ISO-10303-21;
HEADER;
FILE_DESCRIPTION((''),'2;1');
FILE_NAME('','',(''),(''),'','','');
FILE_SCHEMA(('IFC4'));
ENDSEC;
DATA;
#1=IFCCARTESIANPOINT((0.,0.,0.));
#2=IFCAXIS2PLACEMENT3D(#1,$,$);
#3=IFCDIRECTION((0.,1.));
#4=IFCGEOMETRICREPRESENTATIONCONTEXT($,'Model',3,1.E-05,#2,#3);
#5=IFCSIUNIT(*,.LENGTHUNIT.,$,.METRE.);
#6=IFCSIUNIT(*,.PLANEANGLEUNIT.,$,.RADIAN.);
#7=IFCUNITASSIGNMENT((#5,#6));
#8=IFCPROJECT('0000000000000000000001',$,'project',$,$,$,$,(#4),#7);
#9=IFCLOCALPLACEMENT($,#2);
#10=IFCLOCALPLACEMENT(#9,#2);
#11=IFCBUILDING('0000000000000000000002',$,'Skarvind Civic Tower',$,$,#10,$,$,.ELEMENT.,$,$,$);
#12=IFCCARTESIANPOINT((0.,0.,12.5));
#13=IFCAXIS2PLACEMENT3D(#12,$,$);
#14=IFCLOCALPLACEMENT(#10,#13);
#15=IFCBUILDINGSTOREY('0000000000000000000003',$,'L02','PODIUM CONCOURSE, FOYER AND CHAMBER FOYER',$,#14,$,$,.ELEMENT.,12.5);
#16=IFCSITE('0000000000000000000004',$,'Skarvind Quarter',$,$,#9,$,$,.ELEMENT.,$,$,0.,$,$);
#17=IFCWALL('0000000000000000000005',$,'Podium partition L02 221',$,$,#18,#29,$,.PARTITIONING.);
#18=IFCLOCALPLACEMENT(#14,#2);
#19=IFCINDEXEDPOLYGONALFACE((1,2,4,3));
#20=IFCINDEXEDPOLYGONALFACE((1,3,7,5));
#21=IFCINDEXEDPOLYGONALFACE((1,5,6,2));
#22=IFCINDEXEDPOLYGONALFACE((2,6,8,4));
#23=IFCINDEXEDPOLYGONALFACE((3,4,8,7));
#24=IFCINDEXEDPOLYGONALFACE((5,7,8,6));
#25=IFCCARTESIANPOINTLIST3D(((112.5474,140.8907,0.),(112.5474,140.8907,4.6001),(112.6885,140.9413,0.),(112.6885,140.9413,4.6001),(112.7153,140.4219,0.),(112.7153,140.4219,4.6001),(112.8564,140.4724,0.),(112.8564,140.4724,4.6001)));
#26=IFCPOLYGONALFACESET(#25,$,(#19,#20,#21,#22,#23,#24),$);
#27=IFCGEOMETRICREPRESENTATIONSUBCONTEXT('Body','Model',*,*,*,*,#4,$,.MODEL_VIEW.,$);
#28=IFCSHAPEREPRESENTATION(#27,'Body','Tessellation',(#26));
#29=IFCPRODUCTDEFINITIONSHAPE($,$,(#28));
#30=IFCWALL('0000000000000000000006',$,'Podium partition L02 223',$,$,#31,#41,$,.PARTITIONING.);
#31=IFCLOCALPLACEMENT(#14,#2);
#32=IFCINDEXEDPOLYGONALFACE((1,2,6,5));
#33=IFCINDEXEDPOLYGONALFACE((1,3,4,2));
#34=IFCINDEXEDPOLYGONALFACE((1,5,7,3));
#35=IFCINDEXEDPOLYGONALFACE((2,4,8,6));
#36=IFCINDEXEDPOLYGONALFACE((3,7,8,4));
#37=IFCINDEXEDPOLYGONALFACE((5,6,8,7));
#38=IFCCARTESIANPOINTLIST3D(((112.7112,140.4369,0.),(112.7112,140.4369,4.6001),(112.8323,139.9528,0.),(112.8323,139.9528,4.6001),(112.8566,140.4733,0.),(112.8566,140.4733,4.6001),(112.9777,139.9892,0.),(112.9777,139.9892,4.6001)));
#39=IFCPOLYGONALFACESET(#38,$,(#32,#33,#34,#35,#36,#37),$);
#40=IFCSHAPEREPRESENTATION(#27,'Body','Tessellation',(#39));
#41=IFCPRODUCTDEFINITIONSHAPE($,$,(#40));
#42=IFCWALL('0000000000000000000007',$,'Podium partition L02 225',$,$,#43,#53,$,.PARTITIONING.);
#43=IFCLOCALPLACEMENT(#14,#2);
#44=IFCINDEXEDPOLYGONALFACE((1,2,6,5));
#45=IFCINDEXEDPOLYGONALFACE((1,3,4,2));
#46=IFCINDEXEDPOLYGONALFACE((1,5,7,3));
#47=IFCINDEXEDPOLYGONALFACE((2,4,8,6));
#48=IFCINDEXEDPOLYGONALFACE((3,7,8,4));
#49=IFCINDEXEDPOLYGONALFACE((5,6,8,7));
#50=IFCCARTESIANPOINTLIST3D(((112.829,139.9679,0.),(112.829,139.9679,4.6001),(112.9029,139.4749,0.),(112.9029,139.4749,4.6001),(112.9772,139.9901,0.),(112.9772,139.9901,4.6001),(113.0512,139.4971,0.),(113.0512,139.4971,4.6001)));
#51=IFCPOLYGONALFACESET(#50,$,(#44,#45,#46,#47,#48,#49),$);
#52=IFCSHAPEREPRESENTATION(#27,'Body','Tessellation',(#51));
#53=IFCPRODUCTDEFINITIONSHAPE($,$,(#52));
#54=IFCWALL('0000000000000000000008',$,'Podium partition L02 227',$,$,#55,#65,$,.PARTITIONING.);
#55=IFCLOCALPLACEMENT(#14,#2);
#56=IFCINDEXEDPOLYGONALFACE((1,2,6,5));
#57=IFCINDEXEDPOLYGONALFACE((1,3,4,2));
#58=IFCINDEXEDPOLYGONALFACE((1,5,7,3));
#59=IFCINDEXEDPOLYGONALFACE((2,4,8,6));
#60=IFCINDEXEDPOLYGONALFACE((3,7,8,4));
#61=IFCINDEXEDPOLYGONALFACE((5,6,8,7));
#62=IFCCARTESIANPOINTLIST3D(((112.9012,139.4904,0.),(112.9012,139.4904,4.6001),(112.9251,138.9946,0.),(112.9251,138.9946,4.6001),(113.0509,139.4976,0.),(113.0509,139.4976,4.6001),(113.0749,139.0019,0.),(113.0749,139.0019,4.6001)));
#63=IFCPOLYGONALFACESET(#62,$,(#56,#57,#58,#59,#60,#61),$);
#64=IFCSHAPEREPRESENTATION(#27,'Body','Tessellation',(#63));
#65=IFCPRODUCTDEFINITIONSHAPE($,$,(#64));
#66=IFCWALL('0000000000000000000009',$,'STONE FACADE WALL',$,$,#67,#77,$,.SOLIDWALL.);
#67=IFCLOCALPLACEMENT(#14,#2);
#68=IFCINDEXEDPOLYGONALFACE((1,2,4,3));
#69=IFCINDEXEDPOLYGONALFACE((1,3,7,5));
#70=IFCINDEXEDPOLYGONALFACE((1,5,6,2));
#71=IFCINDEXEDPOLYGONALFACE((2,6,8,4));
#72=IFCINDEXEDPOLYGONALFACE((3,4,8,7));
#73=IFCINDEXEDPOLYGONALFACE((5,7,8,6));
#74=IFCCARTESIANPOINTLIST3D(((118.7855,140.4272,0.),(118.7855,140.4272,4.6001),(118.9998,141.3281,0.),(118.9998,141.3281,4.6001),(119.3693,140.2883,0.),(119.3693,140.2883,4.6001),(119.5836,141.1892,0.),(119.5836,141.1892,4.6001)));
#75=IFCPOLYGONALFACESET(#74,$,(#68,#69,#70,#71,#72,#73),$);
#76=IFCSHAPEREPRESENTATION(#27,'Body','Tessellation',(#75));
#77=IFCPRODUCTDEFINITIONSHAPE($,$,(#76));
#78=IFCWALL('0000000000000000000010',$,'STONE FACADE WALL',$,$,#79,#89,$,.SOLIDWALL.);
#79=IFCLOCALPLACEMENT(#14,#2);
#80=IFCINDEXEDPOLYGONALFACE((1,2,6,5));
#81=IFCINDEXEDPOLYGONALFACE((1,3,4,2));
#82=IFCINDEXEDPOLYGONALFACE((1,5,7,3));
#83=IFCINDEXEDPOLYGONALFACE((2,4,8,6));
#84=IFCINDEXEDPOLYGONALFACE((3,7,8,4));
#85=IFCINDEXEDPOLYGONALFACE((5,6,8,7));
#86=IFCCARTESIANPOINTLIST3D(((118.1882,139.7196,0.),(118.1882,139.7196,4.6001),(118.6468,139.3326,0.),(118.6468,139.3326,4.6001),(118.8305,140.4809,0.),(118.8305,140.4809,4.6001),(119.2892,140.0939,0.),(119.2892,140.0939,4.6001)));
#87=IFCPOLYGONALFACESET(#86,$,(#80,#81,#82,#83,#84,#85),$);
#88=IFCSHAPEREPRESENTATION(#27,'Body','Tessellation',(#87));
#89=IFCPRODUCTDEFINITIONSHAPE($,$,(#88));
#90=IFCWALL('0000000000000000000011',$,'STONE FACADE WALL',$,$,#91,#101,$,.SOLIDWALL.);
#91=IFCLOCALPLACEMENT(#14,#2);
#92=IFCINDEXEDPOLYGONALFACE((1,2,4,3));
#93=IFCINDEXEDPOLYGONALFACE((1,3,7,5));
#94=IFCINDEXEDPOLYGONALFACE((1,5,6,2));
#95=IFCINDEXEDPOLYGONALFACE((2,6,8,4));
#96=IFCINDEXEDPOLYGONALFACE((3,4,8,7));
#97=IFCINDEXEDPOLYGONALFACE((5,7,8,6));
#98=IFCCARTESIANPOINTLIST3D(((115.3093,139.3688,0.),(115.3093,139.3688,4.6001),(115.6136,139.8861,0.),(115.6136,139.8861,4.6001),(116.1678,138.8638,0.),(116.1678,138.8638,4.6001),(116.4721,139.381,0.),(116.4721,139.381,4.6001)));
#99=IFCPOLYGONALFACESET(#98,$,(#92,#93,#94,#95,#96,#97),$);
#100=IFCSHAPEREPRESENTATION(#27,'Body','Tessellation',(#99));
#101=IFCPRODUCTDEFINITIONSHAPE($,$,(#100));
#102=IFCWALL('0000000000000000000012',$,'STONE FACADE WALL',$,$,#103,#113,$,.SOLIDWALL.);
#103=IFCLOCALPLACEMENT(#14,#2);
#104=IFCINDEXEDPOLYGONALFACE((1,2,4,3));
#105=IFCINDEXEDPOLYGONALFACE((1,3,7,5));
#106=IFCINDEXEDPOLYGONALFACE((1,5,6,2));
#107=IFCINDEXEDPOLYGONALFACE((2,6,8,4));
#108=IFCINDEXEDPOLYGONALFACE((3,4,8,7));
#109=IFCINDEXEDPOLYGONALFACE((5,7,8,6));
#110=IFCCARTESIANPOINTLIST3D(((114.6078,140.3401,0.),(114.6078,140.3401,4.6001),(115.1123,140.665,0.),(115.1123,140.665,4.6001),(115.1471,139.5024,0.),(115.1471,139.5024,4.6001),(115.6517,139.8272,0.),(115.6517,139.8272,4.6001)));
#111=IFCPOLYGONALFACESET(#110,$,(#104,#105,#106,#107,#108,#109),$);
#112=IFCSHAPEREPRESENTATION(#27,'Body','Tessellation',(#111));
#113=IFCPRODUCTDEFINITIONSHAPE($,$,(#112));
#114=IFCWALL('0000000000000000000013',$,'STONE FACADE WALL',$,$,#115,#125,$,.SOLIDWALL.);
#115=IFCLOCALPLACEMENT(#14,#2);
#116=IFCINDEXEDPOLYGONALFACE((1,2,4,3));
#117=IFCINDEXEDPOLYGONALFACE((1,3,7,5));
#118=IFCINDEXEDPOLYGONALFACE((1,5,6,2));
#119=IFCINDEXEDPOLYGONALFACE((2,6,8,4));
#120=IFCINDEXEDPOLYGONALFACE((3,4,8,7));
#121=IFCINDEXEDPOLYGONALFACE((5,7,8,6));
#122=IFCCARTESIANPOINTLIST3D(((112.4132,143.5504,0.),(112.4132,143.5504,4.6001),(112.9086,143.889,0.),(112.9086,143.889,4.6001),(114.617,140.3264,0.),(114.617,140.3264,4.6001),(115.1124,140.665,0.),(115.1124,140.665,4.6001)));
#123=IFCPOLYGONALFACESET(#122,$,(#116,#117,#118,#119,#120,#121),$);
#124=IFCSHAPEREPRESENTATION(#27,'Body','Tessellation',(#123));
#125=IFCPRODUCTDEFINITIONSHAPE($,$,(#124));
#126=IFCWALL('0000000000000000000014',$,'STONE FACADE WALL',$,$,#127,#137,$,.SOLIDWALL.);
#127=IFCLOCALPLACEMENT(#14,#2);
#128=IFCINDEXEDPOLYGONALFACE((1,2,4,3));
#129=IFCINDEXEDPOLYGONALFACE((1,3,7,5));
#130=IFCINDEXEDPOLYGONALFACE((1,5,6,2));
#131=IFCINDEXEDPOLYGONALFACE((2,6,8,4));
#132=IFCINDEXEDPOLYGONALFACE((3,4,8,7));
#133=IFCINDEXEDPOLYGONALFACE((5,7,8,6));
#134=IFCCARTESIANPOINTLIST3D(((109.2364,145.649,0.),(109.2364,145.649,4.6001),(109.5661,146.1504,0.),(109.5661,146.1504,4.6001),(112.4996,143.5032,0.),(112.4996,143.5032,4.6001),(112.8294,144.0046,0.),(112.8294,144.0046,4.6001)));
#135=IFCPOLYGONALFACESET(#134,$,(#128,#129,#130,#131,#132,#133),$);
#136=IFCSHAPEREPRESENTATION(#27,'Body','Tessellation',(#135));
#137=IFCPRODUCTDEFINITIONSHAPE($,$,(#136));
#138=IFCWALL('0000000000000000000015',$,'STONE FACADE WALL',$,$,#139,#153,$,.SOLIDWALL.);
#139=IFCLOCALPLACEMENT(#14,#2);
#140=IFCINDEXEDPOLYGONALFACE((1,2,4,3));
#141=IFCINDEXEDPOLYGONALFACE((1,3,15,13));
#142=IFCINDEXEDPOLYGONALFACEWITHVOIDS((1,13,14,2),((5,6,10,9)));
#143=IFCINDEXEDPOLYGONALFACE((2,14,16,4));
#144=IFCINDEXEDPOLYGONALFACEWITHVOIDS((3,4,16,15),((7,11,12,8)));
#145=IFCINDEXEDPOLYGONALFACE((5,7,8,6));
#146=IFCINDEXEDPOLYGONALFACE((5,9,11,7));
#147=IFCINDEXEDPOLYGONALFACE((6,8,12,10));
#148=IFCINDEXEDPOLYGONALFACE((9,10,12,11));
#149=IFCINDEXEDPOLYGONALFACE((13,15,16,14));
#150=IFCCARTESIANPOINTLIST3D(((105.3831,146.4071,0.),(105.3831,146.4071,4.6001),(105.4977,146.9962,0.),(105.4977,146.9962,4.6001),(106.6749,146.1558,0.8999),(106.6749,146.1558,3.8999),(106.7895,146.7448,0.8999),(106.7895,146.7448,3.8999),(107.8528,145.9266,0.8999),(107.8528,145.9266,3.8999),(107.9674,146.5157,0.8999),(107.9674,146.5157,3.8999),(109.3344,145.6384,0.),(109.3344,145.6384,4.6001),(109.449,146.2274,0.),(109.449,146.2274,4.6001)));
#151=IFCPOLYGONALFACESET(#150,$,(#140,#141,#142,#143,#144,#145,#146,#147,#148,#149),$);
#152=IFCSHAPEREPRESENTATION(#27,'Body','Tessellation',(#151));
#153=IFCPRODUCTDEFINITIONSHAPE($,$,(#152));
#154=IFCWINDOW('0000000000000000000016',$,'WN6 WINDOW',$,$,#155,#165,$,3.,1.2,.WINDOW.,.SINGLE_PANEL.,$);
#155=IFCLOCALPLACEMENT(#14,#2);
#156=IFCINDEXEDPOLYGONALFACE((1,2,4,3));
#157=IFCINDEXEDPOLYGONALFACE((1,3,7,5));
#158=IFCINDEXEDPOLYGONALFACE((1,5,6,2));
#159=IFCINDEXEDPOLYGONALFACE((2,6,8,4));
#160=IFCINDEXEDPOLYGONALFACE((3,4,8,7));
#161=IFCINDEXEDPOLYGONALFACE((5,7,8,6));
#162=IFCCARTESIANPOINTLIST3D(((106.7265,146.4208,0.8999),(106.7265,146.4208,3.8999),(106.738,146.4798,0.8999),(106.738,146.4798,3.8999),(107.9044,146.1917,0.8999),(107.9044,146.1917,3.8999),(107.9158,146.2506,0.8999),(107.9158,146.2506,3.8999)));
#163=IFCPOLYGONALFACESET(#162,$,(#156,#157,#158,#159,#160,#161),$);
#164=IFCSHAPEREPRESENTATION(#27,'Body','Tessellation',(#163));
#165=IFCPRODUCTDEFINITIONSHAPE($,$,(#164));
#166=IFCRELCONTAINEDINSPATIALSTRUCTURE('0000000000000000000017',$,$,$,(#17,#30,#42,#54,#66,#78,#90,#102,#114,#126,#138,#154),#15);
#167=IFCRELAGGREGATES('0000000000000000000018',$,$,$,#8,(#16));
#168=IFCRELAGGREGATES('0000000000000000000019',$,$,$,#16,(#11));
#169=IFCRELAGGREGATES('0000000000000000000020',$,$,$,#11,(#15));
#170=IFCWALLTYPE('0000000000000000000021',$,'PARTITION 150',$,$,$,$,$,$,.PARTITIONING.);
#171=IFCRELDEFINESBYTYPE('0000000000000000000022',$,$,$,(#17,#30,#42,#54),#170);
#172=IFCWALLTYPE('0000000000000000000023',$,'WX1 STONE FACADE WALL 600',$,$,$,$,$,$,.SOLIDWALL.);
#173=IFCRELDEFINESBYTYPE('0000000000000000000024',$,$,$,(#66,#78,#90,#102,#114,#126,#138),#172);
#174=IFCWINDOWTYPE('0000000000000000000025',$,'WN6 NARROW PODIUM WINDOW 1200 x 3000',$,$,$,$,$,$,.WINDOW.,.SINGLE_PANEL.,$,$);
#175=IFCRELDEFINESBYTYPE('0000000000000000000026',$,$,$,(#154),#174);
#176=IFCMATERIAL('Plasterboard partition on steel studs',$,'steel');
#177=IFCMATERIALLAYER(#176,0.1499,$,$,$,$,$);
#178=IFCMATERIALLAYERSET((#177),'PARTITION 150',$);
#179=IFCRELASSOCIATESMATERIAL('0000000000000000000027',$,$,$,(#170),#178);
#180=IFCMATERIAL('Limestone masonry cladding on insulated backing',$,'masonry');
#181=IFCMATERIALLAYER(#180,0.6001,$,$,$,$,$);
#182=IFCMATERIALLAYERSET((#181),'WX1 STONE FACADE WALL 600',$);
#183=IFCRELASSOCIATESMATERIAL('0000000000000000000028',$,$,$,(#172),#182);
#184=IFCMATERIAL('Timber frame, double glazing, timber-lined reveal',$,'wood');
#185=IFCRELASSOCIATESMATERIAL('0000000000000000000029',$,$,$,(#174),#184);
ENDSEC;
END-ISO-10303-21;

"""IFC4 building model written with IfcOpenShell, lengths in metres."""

from ifc_helpers import new_model, si_unit, direction, frame, frame_2d, origin, place, context, subcontext, project, spatial, rectangle, extrude, material, layer, layer_set, type_object, element, fill, save


model = new_model("IFC4")

# Units and contexts
model_context = context("Model", 3, precision=1e-05, world=origin(), true_north=direction((0.0, 1.0)))
body_context = subcontext(model_context, "Body", "Model", "MODEL_VIEW")
ifc_project = project(units=[si_unit("LENGTHUNIT", "METRE"), si_unit("PLANEANGLEUNIT", "RADIAN")], contexts=[model_context])

# Site, building, storey
site_placement = place(None, origin())
site = spatial("IfcSite", under=ifc_project, at=site_placement, Name="Skarvind Quarter", CompositionType="ELEMENT", RefElevation=0.0)
building_placement = place(site_placement, origin())
building = spatial("IfcBuilding", under=site, at=building_placement, Name="Skarvind Civic Tower", CompositionType="ELEMENT")
storey_placement = place(building_placement, frame((0.0, 0.0, 12.5)))
storey = spatial("IfcBuildingStorey", under=building, at=storey_placement, Name="L02", Description="PODIUM CONCOURSE, FOYER AND CHAMBER FOYER", CompositionType="ELEMENT", Elevation=12.5)

# Walls
ifc_material_1 = material(Name="Plasterboard partition on steel studs", Category="steel")
ifc_layer_1 = layer(ifc_material_1, 0.1499)
ifc_layer_set_1 = layer_set([ifc_layer_1], Name="PARTITION 150")
wall_type_1 = type_object("IfcWallType", Name="PARTITION 150", PredefinedType="PARTITIONING", material=ifc_layer_set_1)
for number, where, z_axis, x_axis, name in (
    (1, (112.6179, 140.916, 0.0), (0.0, 0.0, 1.0), (0.337174, -0.941442, 0.0), "Podium partition L02 221"),
):
    element("IfcWall", number, at=place(storey_placement, frame(where, z_axis=z_axis, x_axis=x_axis)), inside=storey, type_object=wall_type_1, Name=name, PredefinedType="PARTITIONING", context=body_context, shape_type="SweptSolid", body=[
        extrude(rectangle(XDim=0.498, YDim=0.1499, at=frame_2d((0.249, 0.0))), origin(), (0.0, 0.0, 1.0), 4.6001),
    ])
wall_1_placement = place(storey_placement, frame((112.7839, 140.4551, 0.0), z_axis=(0.0, 0.0, 1.0), x_axis=(0.242651, -0.970114, 0.0)))
element("IfcWall", 2, at=wall_1_placement, inside=storey, type_object=wall_type_1, Name="Podium partition L02 223", PredefinedType="PARTITIONING", context=body_context, shape_type="SweptSolid", body=[
    extrude(rectangle(XDim=0.499, YDim=0.1499, at=frame_2d((0.2495, 0.0))), origin(), (0.0, 0.0, 1.0), 4.6001),
])
wall_2_placement = place(storey_placement, frame((112.9031, 139.979, 0.0), z_axis=(0.0, 0.0, 1.0), x_axis=(0.148412, -0.988926, 0.0)))
element("IfcWall", 3, at=wall_2_placement, inside=storey, type_object=wall_type_1, Name="Podium partition L02 225", PredefinedType="PARTITIONING", context=body_context, shape_type="SweptSolid", body=[
    extrude(rectangle(XDim=0.4985, YDim=0.1499, at=frame_2d((0.2493, 0.0))), origin(), (0.0, 0.0, 1.0), 4.6001),
])
wall_3_placement = place(storey_placement, frame((112.9761, 139.4939, 0.0), z_axis=(0.0, 0.0, 1.0), x_axis=(0.048196, -0.998838, 0.0)))
element("IfcWall", 4, at=wall_3_placement, inside=storey, type_object=wall_type_1, Name="Podium partition L02 227", PredefinedType="PARTITIONING", context=body_context, shape_type="SweptSolid", body=[
    extrude(rectangle(XDim=0.4963, YDim=0.1499, at=frame_2d((0.248, 0.0))), origin(), (0.0, 0.0, 1.0), 4.6001),
])
ifc_material_2 = material(Name="Limestone masonry cladding on insulated backing", Category="masonry")
ifc_layer_2 = layer(ifc_material_2, 0.6001)
ifc_layer_set_2 = layer_set([ifc_layer_2], Name="WX1 STONE FACADE WALL 600")
wall_type_2 = type_object("IfcWallType", Name="WX1 STONE FACADE WALL 600", PredefinedType="SOLIDWALL", material=ifc_layer_set_2)
wall_4_placement = place(storey_placement, frame((119.0774, 140.3579, 0.0), z_axis=(0.0, 0.0, 1.0), x_axis=(0.231478, 0.97284, 0.0)))
element("IfcWall", 5, at=wall_4_placement, inside=storey, type_object=wall_type_2, Name="STONE FACADE WALL", PredefinedType="SOLIDWALL", context=body_context, shape_type="SweptSolid", body=[
    extrude(rectangle(XDim=0.926, YDim=0.6001, at=frame_2d((0.4629, 0.0))), origin(), (0.0, 0.0, 1.0), 4.6001),
])
for number, where, z_axis, x_axis, name in (
    (6, (118.4175, 139.5261, 0.0), (0.0, 0.0, 1.0), (0.644898, 0.764269, 0.0), "STONE FACADE WALL"),
    (7, (115.4614, 139.6274, 0.0), (0.0, 0.0, 1.0), (0.861915, -0.507052, 0.0), "STONE FACADE WALL"),
):
    element("IfcWall", number, at=place(storey_placement, frame(where, z_axis=z_axis, x_axis=x_axis)), inside=storey, type_object=wall_type_2, Name=name, PredefinedType="SOLIDWALL", context=body_context, shape_type="SweptSolid", body=[
        extrude(rectangle(XDim=0.9961, YDim=0.6001, at=frame_2d((0.498, 0.0))), origin(), (0.0, 0.0, 1.0), 4.6001),
    ])
wall_5_placement = place(storey_placement, frame((114.8601, 140.5024, 0.0), z_axis=(0.0, 0.0, 1.0), x_axis=(0.54134, -0.840804, 0.0)))
element("IfcWall", 8, at=wall_5_placement, inside=storey, type_object=wall_type_2, Name="STONE FACADE WALL", PredefinedType="SOLIDWALL", context=body_context, shape_type="SweptSolid", body=[
    extrude(rectangle(XDim=0.9963, YDim=0.6001, at=frame_2d((0.498, 0.0))), origin(), (0.0, 0.0, 1.0), 4.6001),
])
wall_6_placement = place(storey_placement, frame((112.6609, 143.7197, 0.0), z_axis=(0.0, 0.0, 1.0), x_axis=(0.564314, -0.82556, 0.0)))
element("IfcWall", 9, at=wall_6_placement, inside=storey, type_object=wall_type_2, Name="STONE FACADE WALL", PredefinedType="SOLIDWALL", context=body_context, shape_type="SweptSolid", body=[
    extrude(rectangle(XDim=3.9053, YDim=0.6001, at=frame_2d((1.9526, 0.0))), origin(), (0.0, 0.0, 1.0), 4.6001),
])
wall_7_placement = place(storey_placement, frame((109.4014, 145.8997, 0.0), z_axis=(0.0, 0.0, 1.0), x_axis=(0.835544, -0.549424, 0.0)))
element("IfcWall", 10, at=wall_7_placement, inside=storey, type_object=wall_type_2, Name="STONE FACADE WALL", PredefinedType="SOLIDWALL", context=body_context, shape_type="SweptSolid", body=[
    extrude(rectangle(XDim=3.9055, YDim=0.6001, at=frame_2d((1.9526, 0.0))), origin(), (0.0, 0.0, 1.0), 4.6001),
])

# Wall, opening, window
wall_8_placement = place(storey_placement, frame((105.4404, 146.7017, 0.0), z_axis=(0.0, 0.0, 1.0), x_axis=(0.981594, -0.190982, 0.0)))
wall_8 = element("IfcWall", 11, at=wall_8_placement, inside=storey, type_object=wall_type_2, Name="STONE FACADE WALL", PredefinedType="SOLIDWALL", context=body_context, shape_type="SweptSolid", body=[
    extrude(rectangle(XDim=4.0254, YDim=0.6001, at=frame_2d((2.0127, 0.0))), origin(), (0.0, 0.0, 1.0), 4.6001),
])
opening_placement = place(wall_8_placement, frame((1.3159, 0.0, 0.8999)))
opening = element("IfcOpeningElement", 12, at=opening_placement, cuts=wall_8, PredefinedType="OPENING", context=body_context, shape_type="SweptSolid", body=[
    extrude(rectangle(XDim=1.2, YDim=3.0, at=frame_2d((0.6001, 1.5))), frame((0.0, 0.3101, 0.0), z_axis=(0.0, -1.0, 0.0), x_axis=(1.0, 0.0, 0.0)), (0.0, 0.0, 1.0), 0.6201),
])
ifc_material_3 = material(Name="Timber frame, double glazing, timber-lined reveal", Category="wood")
window_type = type_object("IfcWindowType", Name="WN6 NARROW PODIUM WINDOW 1200 x 3000", PartitioningType="SINGLE_PANEL", PredefinedType="WINDOW", material=ifc_material_3)
window_placement = place(opening_placement, origin())
window = element("IfcWindow", 13, at=window_placement, inside=storey, type_object=window_type, Name="WN6 WINDOW", OverallHeight=3.0, OverallWidth=1.2, PartitioningType="SINGLE_PANEL", PredefinedType="WINDOW", context=body_context, shape_type="SweptSolid", body=[
    extrude(rectangle(XDim=1.2, YDim=3.0, at=frame_2d((0.6001, 1.5))), frame((0.0, 0.03, 0.0), z_axis=(0.0, -1.0, 0.0), x_axis=(1.0, 0.0, 0.0)), (0.0, 0.0, 1.0), 0.0601),
])
fill(opening, window)

save(model, "model.ifc")
